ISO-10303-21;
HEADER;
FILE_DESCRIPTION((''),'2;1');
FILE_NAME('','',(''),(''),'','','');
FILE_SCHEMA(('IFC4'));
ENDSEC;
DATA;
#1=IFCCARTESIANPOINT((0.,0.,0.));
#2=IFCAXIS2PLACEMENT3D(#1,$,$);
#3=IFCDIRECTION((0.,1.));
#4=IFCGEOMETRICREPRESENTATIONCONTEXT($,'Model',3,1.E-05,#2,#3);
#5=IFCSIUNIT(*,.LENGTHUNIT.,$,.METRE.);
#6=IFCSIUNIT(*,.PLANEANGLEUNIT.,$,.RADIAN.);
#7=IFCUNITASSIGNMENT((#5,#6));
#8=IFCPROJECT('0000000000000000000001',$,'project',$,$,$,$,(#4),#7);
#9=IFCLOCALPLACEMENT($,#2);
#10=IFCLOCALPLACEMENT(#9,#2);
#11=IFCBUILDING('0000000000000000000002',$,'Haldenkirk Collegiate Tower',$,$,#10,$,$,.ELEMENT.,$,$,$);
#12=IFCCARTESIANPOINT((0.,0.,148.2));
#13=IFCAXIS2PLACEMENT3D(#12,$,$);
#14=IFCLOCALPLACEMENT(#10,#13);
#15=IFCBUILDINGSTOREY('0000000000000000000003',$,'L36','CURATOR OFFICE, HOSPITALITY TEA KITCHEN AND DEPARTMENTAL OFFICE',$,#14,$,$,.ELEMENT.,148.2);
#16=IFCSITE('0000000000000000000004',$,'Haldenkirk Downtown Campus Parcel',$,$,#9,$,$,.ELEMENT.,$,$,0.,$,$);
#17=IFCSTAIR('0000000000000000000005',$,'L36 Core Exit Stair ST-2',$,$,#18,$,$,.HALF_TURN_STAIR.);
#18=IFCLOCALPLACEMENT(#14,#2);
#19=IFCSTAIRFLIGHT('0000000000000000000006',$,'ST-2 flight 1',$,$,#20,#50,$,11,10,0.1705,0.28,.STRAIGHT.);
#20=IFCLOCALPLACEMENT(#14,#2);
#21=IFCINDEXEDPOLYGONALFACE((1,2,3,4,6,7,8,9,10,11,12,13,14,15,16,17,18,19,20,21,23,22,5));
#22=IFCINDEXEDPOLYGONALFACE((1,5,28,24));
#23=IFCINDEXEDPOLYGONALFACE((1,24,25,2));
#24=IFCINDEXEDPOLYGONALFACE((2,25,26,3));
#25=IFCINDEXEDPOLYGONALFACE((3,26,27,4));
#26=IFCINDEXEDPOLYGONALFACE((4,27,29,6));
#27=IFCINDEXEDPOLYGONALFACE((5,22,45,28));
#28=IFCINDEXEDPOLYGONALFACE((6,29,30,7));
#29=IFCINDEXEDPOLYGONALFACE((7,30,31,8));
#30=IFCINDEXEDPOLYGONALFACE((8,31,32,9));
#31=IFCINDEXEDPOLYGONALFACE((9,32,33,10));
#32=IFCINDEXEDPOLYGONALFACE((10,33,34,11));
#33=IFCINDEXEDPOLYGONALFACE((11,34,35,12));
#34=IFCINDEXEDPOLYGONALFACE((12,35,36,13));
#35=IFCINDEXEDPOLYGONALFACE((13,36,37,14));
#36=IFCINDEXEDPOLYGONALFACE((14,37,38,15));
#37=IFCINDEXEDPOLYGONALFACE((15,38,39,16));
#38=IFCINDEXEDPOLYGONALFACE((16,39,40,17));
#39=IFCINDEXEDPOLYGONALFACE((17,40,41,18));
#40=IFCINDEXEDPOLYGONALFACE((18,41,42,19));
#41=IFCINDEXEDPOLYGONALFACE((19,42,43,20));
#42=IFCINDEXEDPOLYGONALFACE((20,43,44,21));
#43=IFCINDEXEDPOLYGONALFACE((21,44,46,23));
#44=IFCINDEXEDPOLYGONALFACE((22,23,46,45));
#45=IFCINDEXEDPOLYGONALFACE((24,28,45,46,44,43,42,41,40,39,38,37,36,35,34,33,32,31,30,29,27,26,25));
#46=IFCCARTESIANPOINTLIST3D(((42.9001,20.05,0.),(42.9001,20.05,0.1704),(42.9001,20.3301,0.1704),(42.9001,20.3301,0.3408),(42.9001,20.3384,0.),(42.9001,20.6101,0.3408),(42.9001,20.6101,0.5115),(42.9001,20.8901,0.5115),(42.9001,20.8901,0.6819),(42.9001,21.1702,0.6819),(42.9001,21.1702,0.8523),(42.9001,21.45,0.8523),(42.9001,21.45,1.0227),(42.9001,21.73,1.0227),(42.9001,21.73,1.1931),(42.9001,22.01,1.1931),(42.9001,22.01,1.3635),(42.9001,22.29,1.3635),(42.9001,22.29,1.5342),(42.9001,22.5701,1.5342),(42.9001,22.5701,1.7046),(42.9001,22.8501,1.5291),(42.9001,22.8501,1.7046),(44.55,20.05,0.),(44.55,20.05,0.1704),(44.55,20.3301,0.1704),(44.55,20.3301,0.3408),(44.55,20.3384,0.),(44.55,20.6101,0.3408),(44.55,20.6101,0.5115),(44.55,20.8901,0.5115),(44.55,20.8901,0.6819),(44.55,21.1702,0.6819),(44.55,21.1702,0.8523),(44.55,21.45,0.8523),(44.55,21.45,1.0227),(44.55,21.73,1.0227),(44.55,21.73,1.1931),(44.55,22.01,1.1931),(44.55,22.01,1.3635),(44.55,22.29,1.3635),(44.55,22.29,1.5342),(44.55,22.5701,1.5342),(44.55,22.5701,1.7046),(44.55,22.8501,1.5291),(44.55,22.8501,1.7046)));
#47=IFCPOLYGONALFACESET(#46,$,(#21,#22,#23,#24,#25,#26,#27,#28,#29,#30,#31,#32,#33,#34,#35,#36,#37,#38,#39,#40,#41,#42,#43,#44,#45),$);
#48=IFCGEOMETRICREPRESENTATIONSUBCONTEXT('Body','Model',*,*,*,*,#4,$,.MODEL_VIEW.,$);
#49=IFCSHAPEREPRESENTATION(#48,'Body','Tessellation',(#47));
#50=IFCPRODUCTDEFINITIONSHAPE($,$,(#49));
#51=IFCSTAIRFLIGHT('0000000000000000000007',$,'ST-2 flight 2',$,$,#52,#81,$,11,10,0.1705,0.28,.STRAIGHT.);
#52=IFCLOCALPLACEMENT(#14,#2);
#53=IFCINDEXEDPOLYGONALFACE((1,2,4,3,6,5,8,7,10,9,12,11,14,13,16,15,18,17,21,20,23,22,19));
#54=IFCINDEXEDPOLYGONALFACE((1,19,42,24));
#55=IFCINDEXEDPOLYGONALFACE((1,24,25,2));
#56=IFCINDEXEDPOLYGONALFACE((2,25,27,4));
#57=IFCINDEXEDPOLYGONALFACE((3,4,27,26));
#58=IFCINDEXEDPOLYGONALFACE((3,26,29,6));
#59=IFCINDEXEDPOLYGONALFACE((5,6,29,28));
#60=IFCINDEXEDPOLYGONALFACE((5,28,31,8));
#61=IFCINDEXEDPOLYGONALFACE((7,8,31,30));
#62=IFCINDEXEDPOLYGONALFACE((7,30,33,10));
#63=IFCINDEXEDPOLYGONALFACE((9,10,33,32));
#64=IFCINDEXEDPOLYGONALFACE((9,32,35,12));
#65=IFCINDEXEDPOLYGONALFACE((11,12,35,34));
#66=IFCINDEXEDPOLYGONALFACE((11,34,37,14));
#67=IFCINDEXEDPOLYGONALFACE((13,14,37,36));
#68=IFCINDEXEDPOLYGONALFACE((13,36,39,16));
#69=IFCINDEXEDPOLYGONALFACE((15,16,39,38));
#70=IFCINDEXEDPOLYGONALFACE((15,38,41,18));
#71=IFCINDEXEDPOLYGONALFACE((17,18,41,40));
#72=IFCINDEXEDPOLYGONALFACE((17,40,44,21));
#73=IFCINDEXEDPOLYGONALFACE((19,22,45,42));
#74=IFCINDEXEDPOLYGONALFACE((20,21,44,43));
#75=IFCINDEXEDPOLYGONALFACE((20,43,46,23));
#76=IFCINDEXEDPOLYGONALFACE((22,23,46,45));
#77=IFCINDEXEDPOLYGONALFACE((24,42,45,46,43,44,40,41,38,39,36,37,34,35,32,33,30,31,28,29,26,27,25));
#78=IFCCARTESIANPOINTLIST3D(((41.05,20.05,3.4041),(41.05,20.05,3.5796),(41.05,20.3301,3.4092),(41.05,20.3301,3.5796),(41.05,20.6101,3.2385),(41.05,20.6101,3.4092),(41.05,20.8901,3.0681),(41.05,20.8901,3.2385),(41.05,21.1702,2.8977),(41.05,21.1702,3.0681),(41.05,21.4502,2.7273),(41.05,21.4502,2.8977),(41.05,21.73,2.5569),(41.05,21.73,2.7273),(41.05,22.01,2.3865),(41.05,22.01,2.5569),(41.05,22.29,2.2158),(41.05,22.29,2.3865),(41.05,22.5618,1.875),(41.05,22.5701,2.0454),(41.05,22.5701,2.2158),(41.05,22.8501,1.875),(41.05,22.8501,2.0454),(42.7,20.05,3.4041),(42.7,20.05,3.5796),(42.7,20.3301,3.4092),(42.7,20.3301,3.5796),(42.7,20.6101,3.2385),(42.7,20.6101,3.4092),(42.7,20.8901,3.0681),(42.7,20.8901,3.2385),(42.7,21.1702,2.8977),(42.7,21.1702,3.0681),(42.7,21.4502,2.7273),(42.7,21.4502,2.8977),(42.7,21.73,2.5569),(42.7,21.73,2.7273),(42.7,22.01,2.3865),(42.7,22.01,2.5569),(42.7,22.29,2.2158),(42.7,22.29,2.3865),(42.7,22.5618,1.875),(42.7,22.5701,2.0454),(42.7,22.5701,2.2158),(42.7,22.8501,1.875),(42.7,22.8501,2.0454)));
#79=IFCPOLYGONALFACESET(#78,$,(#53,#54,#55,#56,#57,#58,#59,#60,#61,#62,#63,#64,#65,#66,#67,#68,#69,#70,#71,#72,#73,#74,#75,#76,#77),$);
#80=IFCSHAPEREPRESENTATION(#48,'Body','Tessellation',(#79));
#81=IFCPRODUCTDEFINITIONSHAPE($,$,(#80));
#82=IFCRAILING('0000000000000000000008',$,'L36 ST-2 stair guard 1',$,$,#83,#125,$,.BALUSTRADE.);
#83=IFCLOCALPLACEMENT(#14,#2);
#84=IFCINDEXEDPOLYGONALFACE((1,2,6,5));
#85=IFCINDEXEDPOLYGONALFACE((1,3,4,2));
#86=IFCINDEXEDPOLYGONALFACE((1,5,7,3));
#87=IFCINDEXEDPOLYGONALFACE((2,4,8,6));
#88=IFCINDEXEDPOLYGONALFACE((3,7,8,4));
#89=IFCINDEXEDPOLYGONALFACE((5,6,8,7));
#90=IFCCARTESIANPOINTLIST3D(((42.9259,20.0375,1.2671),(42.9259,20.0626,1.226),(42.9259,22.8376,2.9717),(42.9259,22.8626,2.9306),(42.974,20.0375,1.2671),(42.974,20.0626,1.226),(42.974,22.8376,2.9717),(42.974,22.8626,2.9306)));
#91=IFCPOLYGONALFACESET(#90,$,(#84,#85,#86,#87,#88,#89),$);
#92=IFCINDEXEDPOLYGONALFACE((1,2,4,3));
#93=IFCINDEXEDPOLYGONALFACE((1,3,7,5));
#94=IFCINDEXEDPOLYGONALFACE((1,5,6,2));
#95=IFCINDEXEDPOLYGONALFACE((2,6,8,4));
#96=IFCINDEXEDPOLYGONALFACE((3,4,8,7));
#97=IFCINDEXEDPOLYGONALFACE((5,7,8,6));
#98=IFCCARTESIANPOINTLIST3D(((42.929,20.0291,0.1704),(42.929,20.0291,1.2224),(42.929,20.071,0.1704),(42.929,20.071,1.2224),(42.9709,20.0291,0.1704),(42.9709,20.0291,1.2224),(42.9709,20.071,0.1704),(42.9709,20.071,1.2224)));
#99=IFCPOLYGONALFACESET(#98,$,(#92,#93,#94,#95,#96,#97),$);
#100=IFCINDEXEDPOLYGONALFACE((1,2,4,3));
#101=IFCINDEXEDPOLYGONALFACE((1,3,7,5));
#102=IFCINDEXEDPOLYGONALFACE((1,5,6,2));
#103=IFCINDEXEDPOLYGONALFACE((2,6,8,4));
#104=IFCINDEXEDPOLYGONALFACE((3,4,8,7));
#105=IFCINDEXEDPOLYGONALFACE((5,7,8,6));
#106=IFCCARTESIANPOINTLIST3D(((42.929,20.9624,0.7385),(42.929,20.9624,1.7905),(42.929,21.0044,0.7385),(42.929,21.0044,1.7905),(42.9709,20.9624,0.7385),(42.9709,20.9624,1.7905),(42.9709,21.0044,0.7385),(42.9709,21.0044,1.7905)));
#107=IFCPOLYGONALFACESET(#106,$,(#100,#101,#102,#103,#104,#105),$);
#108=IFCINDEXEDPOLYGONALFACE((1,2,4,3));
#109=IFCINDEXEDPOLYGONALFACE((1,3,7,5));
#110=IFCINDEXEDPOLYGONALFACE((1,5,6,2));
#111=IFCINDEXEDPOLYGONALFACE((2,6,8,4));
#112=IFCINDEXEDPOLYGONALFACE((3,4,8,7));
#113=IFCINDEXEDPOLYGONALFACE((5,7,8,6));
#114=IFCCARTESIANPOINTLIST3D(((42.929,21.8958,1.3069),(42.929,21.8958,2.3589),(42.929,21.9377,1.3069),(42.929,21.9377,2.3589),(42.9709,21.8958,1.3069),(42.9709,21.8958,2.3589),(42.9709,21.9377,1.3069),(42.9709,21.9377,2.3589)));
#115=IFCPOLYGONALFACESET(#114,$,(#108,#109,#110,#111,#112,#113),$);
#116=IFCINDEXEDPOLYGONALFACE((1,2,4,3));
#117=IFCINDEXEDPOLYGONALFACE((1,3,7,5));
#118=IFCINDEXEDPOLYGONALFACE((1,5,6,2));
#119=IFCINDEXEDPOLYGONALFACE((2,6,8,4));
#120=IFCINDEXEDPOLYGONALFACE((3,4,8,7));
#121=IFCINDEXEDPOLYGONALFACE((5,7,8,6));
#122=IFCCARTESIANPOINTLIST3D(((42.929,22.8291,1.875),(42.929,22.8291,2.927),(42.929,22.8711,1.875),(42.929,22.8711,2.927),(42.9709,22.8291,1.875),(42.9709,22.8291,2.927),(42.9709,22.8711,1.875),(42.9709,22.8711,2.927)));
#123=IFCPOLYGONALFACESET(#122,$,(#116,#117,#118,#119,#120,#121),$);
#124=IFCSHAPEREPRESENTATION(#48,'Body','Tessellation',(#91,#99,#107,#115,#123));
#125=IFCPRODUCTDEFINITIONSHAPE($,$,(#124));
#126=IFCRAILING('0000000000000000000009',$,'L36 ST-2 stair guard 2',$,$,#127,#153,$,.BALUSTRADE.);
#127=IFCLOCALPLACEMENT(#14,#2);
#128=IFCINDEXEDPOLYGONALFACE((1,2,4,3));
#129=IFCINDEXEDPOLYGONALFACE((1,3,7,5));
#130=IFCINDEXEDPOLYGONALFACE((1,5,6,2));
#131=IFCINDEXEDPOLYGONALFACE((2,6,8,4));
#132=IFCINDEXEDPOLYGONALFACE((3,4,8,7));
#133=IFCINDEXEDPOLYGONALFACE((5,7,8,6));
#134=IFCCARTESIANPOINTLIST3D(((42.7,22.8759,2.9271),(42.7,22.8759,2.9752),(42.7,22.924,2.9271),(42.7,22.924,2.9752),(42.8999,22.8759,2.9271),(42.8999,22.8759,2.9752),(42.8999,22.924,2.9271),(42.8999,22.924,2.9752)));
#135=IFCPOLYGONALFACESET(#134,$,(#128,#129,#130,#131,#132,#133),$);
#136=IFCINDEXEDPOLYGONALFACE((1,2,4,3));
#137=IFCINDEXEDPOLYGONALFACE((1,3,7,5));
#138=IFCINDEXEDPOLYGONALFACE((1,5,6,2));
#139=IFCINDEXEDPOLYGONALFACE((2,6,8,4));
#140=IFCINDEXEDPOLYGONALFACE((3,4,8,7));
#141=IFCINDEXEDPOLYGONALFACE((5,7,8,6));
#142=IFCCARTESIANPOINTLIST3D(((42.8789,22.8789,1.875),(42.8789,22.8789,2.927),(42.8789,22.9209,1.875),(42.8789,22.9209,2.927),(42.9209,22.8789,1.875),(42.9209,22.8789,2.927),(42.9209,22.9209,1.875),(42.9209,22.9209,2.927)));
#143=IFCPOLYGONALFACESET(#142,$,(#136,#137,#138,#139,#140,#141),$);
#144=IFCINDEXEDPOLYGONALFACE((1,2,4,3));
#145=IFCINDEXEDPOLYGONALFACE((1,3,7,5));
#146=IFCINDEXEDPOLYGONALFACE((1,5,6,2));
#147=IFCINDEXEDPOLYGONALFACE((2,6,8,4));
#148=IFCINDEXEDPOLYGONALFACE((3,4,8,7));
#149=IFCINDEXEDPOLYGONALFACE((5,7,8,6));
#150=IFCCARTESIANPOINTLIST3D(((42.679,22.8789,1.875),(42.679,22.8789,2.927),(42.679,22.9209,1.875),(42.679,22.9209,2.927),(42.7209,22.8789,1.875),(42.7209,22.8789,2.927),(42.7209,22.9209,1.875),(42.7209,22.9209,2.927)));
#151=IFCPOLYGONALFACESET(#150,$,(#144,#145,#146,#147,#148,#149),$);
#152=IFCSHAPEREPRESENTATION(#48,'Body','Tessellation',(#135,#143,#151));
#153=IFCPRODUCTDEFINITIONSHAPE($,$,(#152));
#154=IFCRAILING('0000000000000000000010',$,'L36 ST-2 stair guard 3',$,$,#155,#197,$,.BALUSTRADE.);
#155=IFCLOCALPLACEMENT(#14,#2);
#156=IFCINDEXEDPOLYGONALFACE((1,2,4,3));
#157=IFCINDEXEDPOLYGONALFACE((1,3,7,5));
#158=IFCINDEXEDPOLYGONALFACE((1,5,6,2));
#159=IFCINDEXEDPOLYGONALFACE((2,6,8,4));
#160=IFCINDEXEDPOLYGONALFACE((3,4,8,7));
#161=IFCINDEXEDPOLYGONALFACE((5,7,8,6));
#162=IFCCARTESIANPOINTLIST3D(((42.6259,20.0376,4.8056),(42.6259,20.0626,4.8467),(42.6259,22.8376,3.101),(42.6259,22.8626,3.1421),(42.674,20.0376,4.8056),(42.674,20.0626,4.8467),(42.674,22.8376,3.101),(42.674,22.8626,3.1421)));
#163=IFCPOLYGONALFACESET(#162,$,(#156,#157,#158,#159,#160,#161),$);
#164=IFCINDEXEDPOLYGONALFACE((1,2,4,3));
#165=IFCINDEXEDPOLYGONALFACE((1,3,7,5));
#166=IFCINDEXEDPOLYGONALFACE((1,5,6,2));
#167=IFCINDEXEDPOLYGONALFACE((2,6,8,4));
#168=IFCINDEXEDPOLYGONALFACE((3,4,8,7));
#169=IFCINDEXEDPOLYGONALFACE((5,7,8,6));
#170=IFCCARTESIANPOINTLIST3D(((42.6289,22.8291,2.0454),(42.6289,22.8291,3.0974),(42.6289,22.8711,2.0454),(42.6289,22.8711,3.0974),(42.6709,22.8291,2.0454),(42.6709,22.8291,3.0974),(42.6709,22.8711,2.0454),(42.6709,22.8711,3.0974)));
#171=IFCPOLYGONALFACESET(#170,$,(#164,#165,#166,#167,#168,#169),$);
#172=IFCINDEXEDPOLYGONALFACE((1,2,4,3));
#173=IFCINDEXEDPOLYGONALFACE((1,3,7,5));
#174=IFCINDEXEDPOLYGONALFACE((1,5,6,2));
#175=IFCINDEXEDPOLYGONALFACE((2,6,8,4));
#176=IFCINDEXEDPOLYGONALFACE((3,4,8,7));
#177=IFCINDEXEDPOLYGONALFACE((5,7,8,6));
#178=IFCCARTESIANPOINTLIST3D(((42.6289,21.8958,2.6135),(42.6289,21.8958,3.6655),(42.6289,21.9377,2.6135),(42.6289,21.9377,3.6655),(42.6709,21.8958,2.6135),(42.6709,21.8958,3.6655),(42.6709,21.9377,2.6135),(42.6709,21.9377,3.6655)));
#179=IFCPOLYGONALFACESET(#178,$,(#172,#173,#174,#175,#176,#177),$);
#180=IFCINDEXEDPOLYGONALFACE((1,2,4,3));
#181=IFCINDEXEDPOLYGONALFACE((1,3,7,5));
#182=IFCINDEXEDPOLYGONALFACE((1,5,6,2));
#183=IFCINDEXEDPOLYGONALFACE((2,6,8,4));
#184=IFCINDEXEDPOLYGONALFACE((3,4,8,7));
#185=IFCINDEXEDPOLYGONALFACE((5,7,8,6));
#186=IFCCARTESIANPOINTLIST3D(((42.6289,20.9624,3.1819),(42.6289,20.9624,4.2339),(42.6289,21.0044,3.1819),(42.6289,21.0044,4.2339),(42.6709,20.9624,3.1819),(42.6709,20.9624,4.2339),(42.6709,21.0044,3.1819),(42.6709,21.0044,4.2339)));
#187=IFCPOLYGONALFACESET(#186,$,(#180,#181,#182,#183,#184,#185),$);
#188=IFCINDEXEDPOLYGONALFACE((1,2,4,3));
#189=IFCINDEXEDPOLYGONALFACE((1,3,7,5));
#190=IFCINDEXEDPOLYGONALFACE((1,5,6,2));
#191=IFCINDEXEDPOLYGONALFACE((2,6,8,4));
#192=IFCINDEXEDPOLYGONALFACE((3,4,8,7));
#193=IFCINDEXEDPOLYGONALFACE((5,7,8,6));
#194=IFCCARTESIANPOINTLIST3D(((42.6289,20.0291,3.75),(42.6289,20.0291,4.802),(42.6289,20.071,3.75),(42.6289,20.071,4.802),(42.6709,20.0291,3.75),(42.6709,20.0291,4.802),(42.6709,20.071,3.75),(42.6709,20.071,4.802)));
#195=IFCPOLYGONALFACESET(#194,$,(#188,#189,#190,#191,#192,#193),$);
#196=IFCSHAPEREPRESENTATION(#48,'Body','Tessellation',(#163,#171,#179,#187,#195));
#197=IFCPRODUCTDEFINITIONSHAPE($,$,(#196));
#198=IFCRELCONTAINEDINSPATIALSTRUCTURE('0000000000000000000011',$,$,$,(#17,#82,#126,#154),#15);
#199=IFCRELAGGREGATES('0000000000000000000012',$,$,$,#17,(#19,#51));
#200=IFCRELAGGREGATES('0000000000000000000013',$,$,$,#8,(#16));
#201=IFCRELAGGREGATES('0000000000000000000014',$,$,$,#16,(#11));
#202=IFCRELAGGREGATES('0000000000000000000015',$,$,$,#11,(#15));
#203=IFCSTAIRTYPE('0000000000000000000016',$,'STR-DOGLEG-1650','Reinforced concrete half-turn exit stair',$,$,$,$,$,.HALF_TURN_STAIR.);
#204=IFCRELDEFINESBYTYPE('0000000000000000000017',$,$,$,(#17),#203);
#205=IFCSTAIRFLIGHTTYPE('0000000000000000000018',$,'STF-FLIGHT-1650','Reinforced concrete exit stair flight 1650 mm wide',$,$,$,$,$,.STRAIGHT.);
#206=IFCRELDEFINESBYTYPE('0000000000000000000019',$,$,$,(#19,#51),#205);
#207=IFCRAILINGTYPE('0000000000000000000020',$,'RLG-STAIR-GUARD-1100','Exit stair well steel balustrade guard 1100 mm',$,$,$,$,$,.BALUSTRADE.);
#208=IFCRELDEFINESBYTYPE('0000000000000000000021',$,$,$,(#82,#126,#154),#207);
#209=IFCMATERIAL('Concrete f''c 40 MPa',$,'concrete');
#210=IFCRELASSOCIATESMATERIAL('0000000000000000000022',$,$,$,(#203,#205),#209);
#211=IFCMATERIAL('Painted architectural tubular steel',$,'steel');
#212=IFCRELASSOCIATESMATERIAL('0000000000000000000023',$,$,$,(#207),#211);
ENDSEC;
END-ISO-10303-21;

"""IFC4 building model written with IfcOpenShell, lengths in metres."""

from ifc_helpers import new_model, si_unit, direction, frame, origin, origin_2d, place, context, subcontext, project, spatial, polyline, rectangle, outline, extrude, material, type_object, element, aggregate, save


model = new_model("IFC4")

# Units and contexts
model_context = context("Model", 3, precision=1e-05, world=origin(), true_north=direction((0.0, 1.0)))
body_context = subcontext(model_context, "Body", "Model", "MODEL_VIEW")
ifc_project = project(units=[si_unit("LENGTHUNIT", "METRE"), si_unit("PLANEANGLEUNIT", "RADIAN")], contexts=[model_context])

# Site, building, storey
site_placement = place(None, origin())
site = spatial("IfcSite", under=ifc_project, at=site_placement, Name="Haldenkirk Downtown Campus Parcel", CompositionType="ELEMENT", RefElevation=0.0)
building_placement = place(site_placement, origin())
building = spatial("IfcBuilding", under=site, at=building_placement, Name="Haldenkirk Collegiate Tower", CompositionType="ELEMENT")
storey_placement = place(building_placement, frame((0.0, 0.0, 148.2)))
storey = spatial("IfcBuildingStorey", under=building, at=storey_placement, Name="L36", Description="CURATOR OFFICE, HOSPITALITY TEA KITCHEN AND DEPARTMENTAL OFFICE", CompositionType="ELEMENT", Elevation=148.2)

# Stair, stair flights
ifc_material_1 = material(Name="Concrete f'c 40 MPa", Category="concrete")
stair_type = type_object("IfcStairType", Name="STR-DOGLEG-1650", Description="Reinforced concrete half-turn exit stair", PredefinedType="HALF_TURN_STAIR", material=ifc_material_1)
stair_placement = place(storey_placement, origin())
stair = element("IfcStair", 1, at=stair_placement, inside=storey, type_object=stair_type, Name="L36 Core Exit Stair ST-2", PredefinedType="HALF_TURN_STAIR")
stair_flight_type = type_object("IfcStairFlightType", Name="STF-FLIGHT-1650", Description="Reinforced concrete exit stair flight 1650 mm wide", PredefinedType="STRAIGHT", material=ifc_material_1)
stair_flight_1_placement = place(storey_placement, frame((43.7251, 20.05, 0.0), z_axis=(0.0, 0.0, 1.0), x_axis=(0.0, 1.0, 0.0)))
stair_flight_1 = element("IfcStairFlight", 2, at=stair_flight_1_placement, type_object=stair_flight_type, Name="ST-2 flight 1", NumberOfRisers=11, NumberOfTreads=10, PredefinedType="STRAIGHT", RiserHeight=0.1705, TreadLength=0.28, context=body_context, shape_type="SweptSolid", body=[
    extrude(outline(polyline([(0.0, 0.0), (0.0, 0.1704), (0.28, 0.1704), (0.28, 0.3408), (0.5601, 0.3408), (0.5601, 0.5115), (0.8401, 0.5115), (0.8401, 0.6819), (1.1201, 0.6819), (1.1201, 0.8523), (1.3999, 0.8523), (1.3999, 1.0227), (1.6799, 1.0227), (1.6799, 1.1931), (1.96, 1.1931), (1.96, 1.3635), (2.24, 1.3635), (2.24, 1.5342), (2.52, 1.5342), (2.52, 1.7046), (2.8, 1.7046), (2.8, 1.875), (2.8, 1.5291), (0.2883, 0.0), (0.0, 0.0)])), frame((0.0, 0.825, 0.0), z_axis=(0.0, -1.0, 0.0), x_axis=(1.0, 0.0, 0.0)), (0.0, 0.0, 1.0), 1.6499),
])
stair_flight_2_placement = place(storey_placement, frame((41.875, 22.8501, 1.875), z_axis=(0.0, 0.0, 1.0), x_axis=(0.0, -1.0, 0.0)))
stair_flight_2 = element("IfcStairFlight", 3, at=stair_flight_2_placement, type_object=stair_flight_type, Name="ST-2 flight 2", NumberOfRisers=11, NumberOfTreads=10, PredefinedType="STRAIGHT", RiserHeight=0.1705, TreadLength=0.28, context=body_context, shape_type="SweptSolid", body=[
    extrude(outline(polyline([(0.0, 0.0), (0.0, 0.1704), (0.28, 0.1704), (0.28, 0.3408), (0.5601, 0.3408), (0.5601, 0.5115), (0.8401, 0.5115), (0.8401, 0.6819), (1.1201, 0.6819), (1.1201, 0.8523), (1.3999, 0.8523), (1.3999, 1.0227), (1.6799, 1.0227), (1.6799, 1.1931), (1.96, 1.1931), (1.96, 1.3635), (2.24, 1.3635), (2.24, 1.5342), (2.52, 1.5342), (2.52, 1.7046), (2.8, 1.7046), (2.8, 1.875), (2.8, 1.5291), (0.2883, 0.0), (0.0, 0.0)])), frame((0.0, 0.825, 0.0), z_axis=(0.0, -1.0, 0.0), x_axis=(1.0, 0.0, 0.0)), (0.0, 0.0, 1.0), 1.6499),
])
aggregate(stair, [stair_flight_1, stair_flight_2])

# Railings
ifc_material_2 = material(Name="Painted architectural tubular steel", Category="steel")
railing_type_1 = type_object("IfcRailingType", Name="RLG-STAIR-GUARD-1100", Description="Exit stair well steel balustrade guard 1100 mm", PredefinedType="BALUSTRADE", material=ifc_material_2)
railing_1_placement = place(storey_placement, frame((42.95, 20.05, 0.1704)))
element("IfcRailing", 4, at=railing_1_placement, inside=storey, type_object=railing_type_1, Name="L36 ST-2 stair guard 1", PredefinedType="BALUSTRADE", context=body_context, shape_type="SweptSolid", body=[
    extrude(rectangle(XDim=0.0481, YDim=0.0481, at=origin_2d()), frame((0.0, 0.0, 1.0762), z_axis=(0.0, 0.85417, 0.519994), x_axis=(-1.0, 0.0, 0.0)), (0.0, 0.0, 1.0), 3.2781),
    extrude(rectangle(XDim=0.042, YDim=0.042, at=origin_2d()), origin(), (0.0, 0.0, 1.0), 1.052),
    extrude(rectangle(XDim=0.042, YDim=0.042, at=origin_2d()), frame((0.0, 0.9333, 0.5681)), (0.0, 0.0, 1.0), 1.052),
    extrude(rectangle(XDim=0.042, YDim=0.042, at=origin_2d()), frame((0.0, 1.8667, 1.1365)), (0.0, 0.0, 1.0), 1.052),
    extrude(rectangle(XDim=0.042, YDim=0.042, at=origin_2d()), frame((0.0, 2.8, 1.7046)), (0.0, 0.0, 1.0), 1.052),
])
railing_2_placement = place(storey_placement, frame((42.8999, 22.8999, 1.875)))
element("IfcRailing", 5, at=railing_2_placement, inside=storey, type_object=railing_type_1, Name="L36 ST-2 stair guard 2", PredefinedType="BALUSTRADE", context=body_context, shape_type="SweptSolid", body=[
    extrude(rectangle(XDim=0.0481, YDim=0.0481, at=origin_2d()), frame((0.0, 0.0, 1.0762), z_axis=(-1.0, 0.0, 0.0), x_axis=(0.0, -1.0, 0.0)), (0.0, 0.0, 1.0), 0.2),
    extrude(rectangle(XDim=0.042, YDim=0.042, at=origin_2d()), origin(), (0.0, 0.0, 1.0), 1.052),
    extrude(rectangle(XDim=0.042, YDim=0.042, at=origin_2d()), frame((-0.2, 0.0, 0.0)), (0.0, 0.0, 1.0), 1.052),
])
railing_3_placement = place(storey_placement, frame((42.6499, 22.8501, 2.0454)))
element("IfcRailing", 6, at=railing_3_placement, inside=storey, type_object=railing_type_1, Name="L36 ST-2 stair guard 3", PredefinedType="BALUSTRADE", context=body_context, shape_type="SweptSolid", body=[
    extrude(rectangle(XDim=0.0481, YDim=0.0481, at=origin_2d()), frame((0.0, 0.0, 1.0762), z_axis=(0.0, -0.85417, 0.519994), x_axis=(1.0, 0.0, 0.0)), (0.0, 0.0, 1.0), 3.2781),
    extrude(rectangle(XDim=0.042, YDim=0.042, at=origin_2d()), origin(), (0.0, 0.0, 1.0), 1.052),
    extrude(rectangle(XDim=0.042, YDim=0.042, at=origin_2d()), frame((0.0, -0.9333, 0.5681)), (0.0, 0.0, 1.0), 1.052),
    extrude(rectangle(XDim=0.042, YDim=0.042, at=origin_2d()), frame((0.0, -1.8667, 1.1365)), (0.0, 0.0, 1.0), 1.052),
    extrude(rectangle(XDim=0.042, YDim=0.042, at=origin_2d()), frame((0.0, -2.8, 1.7046)), (0.0, 0.0, 1.0), 1.052),
])

save(model, "model.ifc")
